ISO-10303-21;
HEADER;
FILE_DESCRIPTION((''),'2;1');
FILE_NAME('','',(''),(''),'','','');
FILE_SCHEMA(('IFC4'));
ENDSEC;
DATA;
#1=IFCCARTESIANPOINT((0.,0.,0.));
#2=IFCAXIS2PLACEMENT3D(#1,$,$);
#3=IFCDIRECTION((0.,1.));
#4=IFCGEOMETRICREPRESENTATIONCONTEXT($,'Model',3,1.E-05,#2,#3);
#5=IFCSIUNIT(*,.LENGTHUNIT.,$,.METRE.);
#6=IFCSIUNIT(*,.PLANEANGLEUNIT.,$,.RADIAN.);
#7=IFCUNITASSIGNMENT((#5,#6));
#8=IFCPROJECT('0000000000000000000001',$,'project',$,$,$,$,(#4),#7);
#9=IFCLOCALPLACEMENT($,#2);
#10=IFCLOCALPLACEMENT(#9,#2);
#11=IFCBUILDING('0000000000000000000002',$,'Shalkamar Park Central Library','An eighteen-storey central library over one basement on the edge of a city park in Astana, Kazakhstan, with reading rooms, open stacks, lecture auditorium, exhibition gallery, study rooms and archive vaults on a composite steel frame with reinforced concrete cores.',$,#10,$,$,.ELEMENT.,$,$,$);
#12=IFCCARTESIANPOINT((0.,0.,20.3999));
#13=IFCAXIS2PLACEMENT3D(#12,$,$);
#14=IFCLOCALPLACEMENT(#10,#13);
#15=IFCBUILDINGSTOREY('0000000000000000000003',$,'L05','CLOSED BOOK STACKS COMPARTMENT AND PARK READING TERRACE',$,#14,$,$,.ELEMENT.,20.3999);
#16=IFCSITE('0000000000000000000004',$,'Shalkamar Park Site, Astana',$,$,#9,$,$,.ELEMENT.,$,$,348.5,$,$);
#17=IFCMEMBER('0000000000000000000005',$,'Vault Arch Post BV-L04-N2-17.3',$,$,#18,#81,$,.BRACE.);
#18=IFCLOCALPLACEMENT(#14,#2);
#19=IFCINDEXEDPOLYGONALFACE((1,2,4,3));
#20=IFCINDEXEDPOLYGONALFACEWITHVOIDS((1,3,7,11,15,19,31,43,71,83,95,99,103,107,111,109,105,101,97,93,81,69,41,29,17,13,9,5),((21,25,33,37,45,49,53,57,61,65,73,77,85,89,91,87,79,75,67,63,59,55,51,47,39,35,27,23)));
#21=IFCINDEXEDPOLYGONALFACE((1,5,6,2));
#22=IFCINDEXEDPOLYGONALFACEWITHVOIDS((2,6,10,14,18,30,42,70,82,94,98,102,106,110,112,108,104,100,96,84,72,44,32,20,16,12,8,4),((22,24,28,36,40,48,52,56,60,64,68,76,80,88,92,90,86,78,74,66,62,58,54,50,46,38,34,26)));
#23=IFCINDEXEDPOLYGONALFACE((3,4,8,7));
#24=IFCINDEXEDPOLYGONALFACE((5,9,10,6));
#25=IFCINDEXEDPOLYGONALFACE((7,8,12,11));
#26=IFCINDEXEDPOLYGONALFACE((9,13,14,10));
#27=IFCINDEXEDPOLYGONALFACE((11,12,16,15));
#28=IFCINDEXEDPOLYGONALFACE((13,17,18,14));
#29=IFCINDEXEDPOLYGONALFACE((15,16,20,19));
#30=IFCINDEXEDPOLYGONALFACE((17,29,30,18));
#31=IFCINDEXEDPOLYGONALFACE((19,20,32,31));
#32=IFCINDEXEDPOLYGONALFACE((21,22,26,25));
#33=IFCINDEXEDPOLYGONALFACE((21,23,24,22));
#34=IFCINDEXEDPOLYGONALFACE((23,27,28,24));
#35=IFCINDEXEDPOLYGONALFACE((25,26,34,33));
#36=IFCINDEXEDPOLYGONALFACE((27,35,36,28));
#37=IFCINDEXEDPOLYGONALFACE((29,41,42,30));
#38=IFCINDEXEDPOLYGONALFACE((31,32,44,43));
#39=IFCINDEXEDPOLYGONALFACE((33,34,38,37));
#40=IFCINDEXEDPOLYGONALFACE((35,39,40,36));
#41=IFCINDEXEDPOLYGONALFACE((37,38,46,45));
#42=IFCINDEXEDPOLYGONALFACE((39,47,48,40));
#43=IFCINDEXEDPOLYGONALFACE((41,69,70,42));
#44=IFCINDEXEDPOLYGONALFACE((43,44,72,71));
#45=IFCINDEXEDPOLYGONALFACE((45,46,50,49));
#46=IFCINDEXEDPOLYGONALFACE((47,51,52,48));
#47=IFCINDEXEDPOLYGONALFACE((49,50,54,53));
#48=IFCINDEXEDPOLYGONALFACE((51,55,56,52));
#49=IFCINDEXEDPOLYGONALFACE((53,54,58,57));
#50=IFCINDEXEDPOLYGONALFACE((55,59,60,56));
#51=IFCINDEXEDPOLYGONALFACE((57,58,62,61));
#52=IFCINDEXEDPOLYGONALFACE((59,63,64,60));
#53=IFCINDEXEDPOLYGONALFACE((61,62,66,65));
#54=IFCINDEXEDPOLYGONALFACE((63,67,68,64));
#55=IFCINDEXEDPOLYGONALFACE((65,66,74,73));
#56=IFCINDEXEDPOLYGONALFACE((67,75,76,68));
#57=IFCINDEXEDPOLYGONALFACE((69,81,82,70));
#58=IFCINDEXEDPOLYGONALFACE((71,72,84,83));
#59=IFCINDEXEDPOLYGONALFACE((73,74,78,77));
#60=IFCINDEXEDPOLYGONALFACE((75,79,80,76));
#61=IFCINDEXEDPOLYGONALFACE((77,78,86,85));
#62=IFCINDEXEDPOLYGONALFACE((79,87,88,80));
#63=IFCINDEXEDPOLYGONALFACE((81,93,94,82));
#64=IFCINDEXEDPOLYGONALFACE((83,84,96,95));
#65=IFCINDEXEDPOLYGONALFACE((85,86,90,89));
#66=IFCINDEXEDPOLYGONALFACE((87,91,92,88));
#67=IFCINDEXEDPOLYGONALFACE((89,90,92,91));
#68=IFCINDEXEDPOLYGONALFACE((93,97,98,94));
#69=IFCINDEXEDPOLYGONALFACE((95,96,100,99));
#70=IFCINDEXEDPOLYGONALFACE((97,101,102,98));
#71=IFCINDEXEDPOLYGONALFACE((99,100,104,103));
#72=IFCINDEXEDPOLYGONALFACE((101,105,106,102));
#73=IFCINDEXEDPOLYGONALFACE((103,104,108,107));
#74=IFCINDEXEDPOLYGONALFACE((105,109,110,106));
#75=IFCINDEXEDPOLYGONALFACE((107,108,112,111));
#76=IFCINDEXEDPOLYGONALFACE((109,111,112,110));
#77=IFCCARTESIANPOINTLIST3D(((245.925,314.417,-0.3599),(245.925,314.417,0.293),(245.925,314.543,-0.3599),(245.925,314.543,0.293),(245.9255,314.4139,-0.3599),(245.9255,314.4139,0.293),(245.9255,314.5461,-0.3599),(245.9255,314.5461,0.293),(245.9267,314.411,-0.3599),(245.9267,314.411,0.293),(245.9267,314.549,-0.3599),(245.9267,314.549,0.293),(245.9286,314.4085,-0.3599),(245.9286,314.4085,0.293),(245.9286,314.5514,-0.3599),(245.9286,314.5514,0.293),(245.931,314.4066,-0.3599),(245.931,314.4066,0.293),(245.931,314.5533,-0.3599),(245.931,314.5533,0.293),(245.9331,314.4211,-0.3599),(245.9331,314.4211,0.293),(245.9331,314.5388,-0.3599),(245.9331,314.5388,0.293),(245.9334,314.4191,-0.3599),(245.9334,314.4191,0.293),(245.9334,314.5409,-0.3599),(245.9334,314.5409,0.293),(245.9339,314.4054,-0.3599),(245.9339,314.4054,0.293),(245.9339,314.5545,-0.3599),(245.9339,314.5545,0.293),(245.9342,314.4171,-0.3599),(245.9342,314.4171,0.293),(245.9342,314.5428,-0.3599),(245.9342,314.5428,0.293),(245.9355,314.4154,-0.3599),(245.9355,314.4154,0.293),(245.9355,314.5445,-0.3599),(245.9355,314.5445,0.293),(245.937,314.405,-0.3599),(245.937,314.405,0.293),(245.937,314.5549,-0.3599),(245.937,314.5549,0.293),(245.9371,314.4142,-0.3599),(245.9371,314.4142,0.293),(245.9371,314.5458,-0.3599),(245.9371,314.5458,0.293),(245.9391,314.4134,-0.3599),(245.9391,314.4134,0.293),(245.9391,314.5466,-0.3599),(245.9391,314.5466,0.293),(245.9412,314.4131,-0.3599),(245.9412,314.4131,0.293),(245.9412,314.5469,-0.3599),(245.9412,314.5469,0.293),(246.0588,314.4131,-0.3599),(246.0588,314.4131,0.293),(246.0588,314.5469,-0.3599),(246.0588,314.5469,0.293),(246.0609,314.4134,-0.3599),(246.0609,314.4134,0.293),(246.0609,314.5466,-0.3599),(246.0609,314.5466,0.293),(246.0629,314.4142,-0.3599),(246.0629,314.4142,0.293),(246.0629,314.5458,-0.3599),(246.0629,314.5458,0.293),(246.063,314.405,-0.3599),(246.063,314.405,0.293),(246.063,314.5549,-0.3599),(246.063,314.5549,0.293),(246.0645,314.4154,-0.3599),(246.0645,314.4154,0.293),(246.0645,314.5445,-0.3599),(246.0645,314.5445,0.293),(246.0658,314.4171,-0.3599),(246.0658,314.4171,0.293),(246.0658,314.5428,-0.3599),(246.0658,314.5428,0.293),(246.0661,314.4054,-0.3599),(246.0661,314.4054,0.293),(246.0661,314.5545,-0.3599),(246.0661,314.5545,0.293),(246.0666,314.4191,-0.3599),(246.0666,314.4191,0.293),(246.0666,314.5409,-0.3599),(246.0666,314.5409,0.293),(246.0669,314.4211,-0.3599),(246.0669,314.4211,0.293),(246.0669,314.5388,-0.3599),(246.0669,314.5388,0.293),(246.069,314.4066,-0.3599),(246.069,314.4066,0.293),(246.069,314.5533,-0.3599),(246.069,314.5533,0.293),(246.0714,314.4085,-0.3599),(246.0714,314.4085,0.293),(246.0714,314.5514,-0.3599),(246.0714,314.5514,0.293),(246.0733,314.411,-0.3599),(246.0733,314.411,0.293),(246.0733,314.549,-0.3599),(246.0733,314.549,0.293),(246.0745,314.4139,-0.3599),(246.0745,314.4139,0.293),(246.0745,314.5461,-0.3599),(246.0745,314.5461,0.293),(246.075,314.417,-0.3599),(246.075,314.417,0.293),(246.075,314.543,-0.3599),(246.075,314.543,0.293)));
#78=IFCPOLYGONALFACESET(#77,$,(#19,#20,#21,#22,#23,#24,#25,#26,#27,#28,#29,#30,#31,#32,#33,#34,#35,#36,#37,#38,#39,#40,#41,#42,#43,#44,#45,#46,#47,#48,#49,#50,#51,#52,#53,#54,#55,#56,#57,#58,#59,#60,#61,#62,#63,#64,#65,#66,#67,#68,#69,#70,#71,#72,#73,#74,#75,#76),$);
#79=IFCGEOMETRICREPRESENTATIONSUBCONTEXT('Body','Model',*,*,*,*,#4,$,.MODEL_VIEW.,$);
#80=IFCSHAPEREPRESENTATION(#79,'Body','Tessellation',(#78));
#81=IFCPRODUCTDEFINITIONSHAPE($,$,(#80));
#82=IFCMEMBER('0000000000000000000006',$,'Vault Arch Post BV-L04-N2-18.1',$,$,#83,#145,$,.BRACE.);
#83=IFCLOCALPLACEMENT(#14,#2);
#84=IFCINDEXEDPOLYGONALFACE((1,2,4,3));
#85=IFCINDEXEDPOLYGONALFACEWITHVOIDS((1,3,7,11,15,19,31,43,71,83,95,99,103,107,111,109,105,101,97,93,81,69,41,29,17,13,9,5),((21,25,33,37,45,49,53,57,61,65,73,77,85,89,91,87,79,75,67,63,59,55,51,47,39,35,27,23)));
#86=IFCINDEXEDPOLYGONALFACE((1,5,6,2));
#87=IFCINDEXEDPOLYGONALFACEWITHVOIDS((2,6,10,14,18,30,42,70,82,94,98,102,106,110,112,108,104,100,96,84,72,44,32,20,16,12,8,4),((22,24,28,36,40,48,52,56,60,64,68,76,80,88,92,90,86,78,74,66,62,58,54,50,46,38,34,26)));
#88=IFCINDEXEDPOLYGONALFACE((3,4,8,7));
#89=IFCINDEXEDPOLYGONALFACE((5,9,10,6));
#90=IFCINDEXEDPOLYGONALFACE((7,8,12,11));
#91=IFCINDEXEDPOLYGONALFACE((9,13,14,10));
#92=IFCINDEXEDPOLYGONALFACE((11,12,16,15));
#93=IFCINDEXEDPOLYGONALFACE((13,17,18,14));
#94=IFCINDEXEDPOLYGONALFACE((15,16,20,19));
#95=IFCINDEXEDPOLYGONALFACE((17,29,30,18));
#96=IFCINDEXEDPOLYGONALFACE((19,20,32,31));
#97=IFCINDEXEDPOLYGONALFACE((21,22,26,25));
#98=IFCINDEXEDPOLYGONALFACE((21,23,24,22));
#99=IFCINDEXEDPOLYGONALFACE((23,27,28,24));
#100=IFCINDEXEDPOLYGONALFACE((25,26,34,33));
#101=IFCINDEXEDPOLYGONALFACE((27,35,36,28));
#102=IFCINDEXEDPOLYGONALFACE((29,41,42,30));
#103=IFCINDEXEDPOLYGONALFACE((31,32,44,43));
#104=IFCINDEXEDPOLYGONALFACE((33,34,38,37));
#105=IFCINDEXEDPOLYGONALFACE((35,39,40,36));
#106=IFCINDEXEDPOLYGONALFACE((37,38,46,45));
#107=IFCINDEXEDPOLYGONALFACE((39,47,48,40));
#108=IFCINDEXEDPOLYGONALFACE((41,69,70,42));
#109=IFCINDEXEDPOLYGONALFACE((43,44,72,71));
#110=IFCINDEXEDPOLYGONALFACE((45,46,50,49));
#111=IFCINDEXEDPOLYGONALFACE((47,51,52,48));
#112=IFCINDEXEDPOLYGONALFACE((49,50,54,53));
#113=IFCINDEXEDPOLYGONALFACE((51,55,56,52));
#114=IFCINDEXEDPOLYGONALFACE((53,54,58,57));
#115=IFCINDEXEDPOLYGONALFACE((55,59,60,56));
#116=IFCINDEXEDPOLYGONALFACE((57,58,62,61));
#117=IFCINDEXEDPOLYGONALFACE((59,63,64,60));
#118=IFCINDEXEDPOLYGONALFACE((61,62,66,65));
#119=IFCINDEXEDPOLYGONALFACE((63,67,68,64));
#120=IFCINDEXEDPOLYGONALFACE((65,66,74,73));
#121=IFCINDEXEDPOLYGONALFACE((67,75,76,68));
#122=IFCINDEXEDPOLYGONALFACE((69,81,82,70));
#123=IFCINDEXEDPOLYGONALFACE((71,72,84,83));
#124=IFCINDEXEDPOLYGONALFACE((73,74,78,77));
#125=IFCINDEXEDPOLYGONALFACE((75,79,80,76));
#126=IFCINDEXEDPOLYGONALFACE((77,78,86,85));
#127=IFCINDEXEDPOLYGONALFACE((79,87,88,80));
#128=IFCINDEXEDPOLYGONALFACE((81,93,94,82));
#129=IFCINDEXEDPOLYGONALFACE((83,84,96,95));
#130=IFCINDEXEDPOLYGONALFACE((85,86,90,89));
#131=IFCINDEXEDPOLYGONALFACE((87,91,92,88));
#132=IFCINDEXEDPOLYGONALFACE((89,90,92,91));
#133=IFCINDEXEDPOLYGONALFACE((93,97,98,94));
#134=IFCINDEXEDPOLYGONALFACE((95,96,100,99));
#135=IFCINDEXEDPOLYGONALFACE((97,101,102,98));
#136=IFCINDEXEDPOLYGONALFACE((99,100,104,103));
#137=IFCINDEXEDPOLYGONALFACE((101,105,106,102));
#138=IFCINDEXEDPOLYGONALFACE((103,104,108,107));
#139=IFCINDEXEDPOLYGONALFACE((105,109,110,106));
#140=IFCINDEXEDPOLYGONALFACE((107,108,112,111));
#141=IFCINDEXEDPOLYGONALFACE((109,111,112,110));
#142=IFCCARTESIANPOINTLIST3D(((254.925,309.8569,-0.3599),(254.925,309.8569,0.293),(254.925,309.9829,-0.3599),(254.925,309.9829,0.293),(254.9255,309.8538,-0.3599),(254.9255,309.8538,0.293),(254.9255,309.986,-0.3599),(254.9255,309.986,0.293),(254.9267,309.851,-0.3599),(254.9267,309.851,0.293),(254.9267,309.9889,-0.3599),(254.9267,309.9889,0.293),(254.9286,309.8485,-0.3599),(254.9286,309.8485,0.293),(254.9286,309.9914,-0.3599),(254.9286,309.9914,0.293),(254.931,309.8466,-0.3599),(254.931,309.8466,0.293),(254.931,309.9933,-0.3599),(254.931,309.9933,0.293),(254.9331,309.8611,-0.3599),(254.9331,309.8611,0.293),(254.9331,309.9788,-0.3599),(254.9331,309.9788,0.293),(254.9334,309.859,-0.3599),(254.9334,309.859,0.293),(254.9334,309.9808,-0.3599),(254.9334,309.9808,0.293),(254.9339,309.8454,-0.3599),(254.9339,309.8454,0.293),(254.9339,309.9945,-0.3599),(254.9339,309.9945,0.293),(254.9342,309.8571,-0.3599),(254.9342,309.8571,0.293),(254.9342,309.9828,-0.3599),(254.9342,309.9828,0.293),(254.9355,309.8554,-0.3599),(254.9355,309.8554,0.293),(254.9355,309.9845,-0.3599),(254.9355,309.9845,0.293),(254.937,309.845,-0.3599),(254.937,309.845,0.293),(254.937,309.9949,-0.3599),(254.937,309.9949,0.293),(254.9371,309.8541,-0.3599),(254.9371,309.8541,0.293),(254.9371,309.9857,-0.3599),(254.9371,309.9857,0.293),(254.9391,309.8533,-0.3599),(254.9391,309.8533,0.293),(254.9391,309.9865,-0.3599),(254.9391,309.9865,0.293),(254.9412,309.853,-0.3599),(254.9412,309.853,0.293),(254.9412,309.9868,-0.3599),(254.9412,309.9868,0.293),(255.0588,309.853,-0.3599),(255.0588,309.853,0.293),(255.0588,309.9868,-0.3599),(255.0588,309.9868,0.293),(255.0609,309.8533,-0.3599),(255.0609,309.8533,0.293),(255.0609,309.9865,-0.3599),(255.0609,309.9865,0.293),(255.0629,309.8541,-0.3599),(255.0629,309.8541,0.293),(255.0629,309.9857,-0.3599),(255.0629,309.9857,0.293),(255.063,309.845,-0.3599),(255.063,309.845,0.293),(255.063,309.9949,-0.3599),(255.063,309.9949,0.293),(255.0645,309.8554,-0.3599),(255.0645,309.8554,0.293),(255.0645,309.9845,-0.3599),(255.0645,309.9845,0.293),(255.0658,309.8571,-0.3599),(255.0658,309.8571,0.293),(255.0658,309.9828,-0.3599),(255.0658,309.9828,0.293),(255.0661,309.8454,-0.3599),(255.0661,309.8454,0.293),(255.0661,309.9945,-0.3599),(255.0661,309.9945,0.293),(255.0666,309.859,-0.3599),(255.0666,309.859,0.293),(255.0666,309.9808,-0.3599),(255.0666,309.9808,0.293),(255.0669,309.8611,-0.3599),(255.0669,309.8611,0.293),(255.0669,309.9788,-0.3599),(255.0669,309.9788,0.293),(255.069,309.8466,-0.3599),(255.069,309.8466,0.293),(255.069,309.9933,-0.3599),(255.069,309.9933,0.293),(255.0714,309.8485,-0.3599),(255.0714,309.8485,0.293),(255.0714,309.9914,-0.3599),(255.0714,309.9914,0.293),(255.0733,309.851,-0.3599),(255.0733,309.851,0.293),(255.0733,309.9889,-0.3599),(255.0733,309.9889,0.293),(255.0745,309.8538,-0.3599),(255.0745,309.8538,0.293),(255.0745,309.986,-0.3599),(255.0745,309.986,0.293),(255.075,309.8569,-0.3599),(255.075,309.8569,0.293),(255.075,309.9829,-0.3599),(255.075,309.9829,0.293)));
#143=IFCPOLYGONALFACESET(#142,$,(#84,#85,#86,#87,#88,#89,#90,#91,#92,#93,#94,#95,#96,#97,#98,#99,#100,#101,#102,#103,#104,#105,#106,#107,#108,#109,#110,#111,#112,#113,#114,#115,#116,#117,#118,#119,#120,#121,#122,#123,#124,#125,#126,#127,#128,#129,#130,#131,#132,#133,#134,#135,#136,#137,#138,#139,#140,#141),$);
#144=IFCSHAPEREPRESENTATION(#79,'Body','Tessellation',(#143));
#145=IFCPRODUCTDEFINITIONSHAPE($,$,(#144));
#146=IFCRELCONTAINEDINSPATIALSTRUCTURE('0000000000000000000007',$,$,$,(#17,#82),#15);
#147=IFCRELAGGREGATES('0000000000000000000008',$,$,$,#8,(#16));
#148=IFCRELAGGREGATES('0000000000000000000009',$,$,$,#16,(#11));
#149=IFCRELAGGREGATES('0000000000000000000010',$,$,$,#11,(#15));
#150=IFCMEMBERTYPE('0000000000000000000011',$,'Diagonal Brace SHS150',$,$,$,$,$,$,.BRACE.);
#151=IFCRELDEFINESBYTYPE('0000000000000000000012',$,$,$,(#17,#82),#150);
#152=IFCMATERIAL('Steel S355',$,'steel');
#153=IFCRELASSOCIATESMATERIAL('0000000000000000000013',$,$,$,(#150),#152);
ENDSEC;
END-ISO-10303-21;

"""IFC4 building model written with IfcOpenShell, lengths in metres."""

from ifc_helpers import new_model, si_unit, direction, frame, origin, origin_2d, place, context, subcontext, project, spatial, hollow_rectangle, extrude, material, material_profile, profile_set, type_object, element, save


model = new_model("IFC4")

# Units and contexts
model_context = context("Model", 3, precision=1e-05, world=origin(), true_north=direction((0.0, 1.0)))
body_context = subcontext(model_context, "Body", "Model", "MODEL_VIEW")
ifc_project = project(units=[si_unit("LENGTHUNIT", "METRE"), si_unit("PLANEANGLEUNIT", "RADIAN")], contexts=[model_context])

# Site, building, storey
site_placement = place(None, origin())
site = spatial("IfcSite", under=ifc_project, at=site_placement, Name="Shalkamar Park Site, Astana", CompositionType="ELEMENT", RefElevation=348.5)
building_placement = place(site_placement, origin())
building = spatial("IfcBuilding", under=site, at=building_placement, Name="Shalkamar Park Central Library", Description="An eighteen-storey central library over one basement on the edge of a city park in Astana, Kazakhstan, with reading rooms, open stacks, lecture auditorium, exhibition gallery, study rooms and archive vaults on a composite steel frame with reinforced concrete cores.", CompositionType="ELEMENT")
storey_placement = place(building_placement, frame((0.0, 0.0, 20.3999)))
storey = spatial("IfcBuildingStorey", under=building, at=storey_placement, Name="L05", Description="CLOSED BOOK STACKS COMPARTMENT AND PARK READING TERRACE", CompositionType="ELEMENT", Elevation=20.3999)

# Members
ifc_material = material(Name="Steel S355", Category="steel")
ifc_material_profile_1 = material_profile(ifc_material, hollow_rectangle(XDim=0.1499, YDim=0.1499, WallThickness=0.0081, InnerFilletRadius=0.0081, OuterFilletRadius=0.012, at=origin_2d()), Name="SHS 150x150x8")
ifc_profile_set_1 = profile_set([ifc_material_profile_1], Name="Steel S355")
member_type_1 = type_object("IfcMemberType", Name="Diagonal Brace SHS150", PredefinedType="BRACE", material=ifc_profile_set_1)
for number, where, z_axis, x_axis, name in (
    (1, (246.0, 314.48, -0.3599), (0.0, 0.0, 1.0), (1.0, 0.0, 0.0), "Vault Arch Post BV-L04-N2-17.3"),
    (2, (255.0, 309.9199, -0.3599), (0.0, 0.0, 1.0), (1.0, 0.0, 0.0), "Vault Arch Post BV-L04-N2-18.1"),
):
    element("IfcMember", number, at=place(storey_placement, frame(where, z_axis=z_axis, x_axis=x_axis)), inside=storey, type_object=member_type_1, Name=name, PredefinedType="BRACE", context=body_context, shape_type="SweptSolid", body=[
        extrude(hollow_rectangle(XDim=0.1499, YDim=0.1499, WallThickness=0.0081, InnerFilletRadius=0.0081, OuterFilletRadius=0.012, at=origin_2d()), origin(), (0.0, 0.0, 1.0), 0.6528),
    ])

save(model, "model.ifc")
